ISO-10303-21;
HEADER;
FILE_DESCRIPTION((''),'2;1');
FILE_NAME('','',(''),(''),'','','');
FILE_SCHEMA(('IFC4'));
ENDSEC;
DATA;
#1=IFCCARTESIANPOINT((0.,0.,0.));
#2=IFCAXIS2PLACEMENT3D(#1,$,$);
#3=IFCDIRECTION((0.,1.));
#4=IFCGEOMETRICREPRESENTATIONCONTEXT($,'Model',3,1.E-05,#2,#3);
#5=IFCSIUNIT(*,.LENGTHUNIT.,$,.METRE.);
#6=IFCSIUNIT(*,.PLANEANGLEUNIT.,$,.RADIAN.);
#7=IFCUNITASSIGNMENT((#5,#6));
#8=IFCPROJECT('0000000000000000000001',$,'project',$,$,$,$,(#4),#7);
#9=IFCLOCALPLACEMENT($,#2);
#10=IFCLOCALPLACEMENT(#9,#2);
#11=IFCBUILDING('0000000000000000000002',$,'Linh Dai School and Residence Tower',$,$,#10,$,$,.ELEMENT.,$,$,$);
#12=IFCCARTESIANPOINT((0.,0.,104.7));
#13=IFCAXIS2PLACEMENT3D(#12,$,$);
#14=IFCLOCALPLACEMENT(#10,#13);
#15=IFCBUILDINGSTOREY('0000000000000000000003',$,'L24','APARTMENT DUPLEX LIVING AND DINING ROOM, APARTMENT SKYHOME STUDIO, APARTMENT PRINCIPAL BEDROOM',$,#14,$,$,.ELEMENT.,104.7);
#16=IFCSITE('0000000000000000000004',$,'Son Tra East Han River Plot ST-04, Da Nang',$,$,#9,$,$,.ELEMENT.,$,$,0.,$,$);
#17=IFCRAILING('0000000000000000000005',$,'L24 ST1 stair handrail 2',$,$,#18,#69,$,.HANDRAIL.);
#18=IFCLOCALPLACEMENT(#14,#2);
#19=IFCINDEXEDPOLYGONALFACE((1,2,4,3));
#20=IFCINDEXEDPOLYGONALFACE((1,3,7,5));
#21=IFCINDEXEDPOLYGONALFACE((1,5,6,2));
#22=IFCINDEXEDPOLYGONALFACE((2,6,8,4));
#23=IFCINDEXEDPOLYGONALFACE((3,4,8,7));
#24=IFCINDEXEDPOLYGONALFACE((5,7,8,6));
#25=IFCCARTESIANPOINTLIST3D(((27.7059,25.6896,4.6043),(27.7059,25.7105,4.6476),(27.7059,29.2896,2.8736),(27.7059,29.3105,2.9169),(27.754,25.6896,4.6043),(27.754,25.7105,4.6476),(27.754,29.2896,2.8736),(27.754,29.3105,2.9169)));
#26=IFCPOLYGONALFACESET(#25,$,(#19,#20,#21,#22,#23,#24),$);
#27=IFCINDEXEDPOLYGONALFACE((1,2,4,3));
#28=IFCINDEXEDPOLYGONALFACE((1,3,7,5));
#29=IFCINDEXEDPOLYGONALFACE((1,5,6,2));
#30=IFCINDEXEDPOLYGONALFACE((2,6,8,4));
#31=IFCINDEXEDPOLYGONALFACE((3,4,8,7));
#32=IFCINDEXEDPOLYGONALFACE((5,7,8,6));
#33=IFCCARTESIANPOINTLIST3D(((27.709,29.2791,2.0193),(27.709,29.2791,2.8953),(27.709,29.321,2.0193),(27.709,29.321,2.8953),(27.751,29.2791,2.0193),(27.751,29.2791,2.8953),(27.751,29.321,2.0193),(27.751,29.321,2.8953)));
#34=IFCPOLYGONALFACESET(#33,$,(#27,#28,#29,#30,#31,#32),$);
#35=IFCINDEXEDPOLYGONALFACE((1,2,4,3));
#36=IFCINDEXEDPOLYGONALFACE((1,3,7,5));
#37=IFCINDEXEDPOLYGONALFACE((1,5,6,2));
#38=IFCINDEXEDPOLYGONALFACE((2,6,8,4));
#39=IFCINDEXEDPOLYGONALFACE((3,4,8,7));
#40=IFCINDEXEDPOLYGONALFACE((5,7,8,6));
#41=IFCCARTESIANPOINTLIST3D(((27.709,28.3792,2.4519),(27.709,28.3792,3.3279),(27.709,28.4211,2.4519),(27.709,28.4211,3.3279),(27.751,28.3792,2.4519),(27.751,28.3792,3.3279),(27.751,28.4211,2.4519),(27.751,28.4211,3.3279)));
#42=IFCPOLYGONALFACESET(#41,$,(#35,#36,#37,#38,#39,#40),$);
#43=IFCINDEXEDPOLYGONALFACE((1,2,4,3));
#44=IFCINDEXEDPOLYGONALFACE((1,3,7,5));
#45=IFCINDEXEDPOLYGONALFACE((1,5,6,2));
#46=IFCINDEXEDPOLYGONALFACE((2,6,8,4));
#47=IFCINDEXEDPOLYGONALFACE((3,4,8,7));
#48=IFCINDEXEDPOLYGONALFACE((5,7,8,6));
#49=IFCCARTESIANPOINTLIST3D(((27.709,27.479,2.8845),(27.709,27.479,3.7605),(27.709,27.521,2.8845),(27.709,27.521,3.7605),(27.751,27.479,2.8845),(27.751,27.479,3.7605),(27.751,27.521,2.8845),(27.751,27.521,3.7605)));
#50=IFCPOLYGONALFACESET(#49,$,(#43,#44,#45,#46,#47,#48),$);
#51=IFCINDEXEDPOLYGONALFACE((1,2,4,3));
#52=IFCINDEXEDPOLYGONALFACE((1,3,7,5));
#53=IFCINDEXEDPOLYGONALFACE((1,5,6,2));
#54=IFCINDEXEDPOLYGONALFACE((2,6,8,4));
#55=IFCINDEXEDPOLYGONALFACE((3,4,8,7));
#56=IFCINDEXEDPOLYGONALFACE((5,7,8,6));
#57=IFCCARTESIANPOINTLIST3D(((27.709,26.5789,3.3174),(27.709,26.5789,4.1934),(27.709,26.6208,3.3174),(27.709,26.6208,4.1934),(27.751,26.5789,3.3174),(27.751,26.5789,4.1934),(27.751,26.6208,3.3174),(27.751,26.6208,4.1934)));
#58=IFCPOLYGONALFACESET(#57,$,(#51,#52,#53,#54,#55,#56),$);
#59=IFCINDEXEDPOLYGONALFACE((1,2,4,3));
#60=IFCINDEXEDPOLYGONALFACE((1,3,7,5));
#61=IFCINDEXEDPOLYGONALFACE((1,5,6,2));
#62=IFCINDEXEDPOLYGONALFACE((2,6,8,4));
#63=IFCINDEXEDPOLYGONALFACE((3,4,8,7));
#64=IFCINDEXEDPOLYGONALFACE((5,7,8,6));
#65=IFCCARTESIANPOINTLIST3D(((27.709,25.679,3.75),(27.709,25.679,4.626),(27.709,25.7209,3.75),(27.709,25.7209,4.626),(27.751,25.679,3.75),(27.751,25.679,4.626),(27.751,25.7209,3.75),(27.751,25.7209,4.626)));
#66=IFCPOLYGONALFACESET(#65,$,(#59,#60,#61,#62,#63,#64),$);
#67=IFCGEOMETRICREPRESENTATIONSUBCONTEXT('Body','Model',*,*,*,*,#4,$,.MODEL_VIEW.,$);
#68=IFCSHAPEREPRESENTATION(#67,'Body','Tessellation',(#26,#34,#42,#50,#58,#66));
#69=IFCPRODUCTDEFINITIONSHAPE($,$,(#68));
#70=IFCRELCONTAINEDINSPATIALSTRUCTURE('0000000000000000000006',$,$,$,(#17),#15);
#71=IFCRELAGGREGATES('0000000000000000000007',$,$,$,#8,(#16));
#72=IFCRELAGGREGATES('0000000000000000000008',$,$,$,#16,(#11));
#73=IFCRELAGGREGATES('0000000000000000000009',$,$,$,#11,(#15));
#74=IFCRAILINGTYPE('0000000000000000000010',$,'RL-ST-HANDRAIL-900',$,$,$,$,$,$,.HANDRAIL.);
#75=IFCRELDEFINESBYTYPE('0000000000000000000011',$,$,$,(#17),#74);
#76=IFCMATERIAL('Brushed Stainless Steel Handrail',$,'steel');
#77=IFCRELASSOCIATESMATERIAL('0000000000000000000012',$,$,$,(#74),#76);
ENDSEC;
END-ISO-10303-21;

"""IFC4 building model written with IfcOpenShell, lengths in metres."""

from ifc_helpers import new_model, si_unit, direction, frame, origin, origin_2d, place, context, subcontext, project, spatial, rectangle, extrude, source, transform, mapped, material, type_object, element, save


model = new_model("IFC4")

# Units and contexts
model_context = context("Model", 3, precision=1e-05, world=origin(), true_north=direction((0.0, 1.0)))
body_context = subcontext(model_context, "Body", "Model", "MODEL_VIEW")
ifc_project = project(units=[si_unit("LENGTHUNIT", "METRE"), si_unit("PLANEANGLEUNIT", "RADIAN")], contexts=[model_context])

# Site, building, storey
site_placement = place(None, origin())
site = spatial("IfcSite", under=ifc_project, at=site_placement, Name="Son Tra East Han River Plot ST-04, Da Nang", CompositionType="ELEMENT", RefElevation=0.0)
building_placement = place(site_placement, origin())
building = spatial("IfcBuilding", under=site, at=building_placement, Name="Linh Dai School and Residence Tower", CompositionType="ELEMENT")
storey_placement = place(building_placement, frame((0.0, 0.0, 104.7)))
storey = spatial("IfcBuildingStorey", under=building, at=storey_placement, Name="L24", Description="APARTMENT DUPLEX LIVING AND DINING ROOM, APARTMENT SKYHOME STUDIO, APARTMENT PRINCIPAL BEDROOM", CompositionType="ELEMENT", Elevation=104.7)

# Railing
ifc_material_1 = material(Name="Brushed Stainless Steel Handrail", Category="steel")
railing_type_1 = type_object("IfcRailingType", Name="RL-ST-HANDRAIL-900", PredefinedType="HANDRAIL", material=ifc_material_1)
shared_shape_1 = source(origin(), body_context, "Body", "SweptSolid", [
    extrude(rectangle(XDim=0.0481, YDim=0.0481, at=origin_2d()), frame((0.0, 0.0, 0.876), z_axis=(0.0, -0.901263, 0.433273), x_axis=(1.0, 0.0, 0.0)), (0.0, 0.0, 1.0), 3.9944),
    extrude(rectangle(XDim=0.042, YDim=0.042, at=origin_2d()), origin(), (0.0, 0.0, 1.0), 0.876),
    extrude(rectangle(XDim=0.042, YDim=0.042, at=origin_2d()), frame((0.0, -0.8999, 0.4326)), (0.0, 0.0, 1.0), 0.876),
    extrude(rectangle(XDim=0.042, YDim=0.042, at=origin_2d()), frame((0.0, -1.8, 0.8652)), (0.0, 0.0, 1.0), 0.876),
    extrude(rectangle(XDim=0.042, YDim=0.042, at=origin_2d()), frame((0.0, -2.7002, 1.2981)), (0.0, 0.0, 1.0), 0.876),
    extrude(rectangle(XDim=0.042, YDim=0.042, at=origin_2d()), frame((0.0, -3.6001, 1.7307)), (0.0, 0.0, 1.0), 0.876),
])
railing_1_placement = place(storey_placement, frame((27.73, 29.3, 2.0193)))
element("IfcRailing", 1, at=railing_1_placement, inside=storey, type_object=railing_type_1, Name="L24 ST1 stair handrail 2", PredefinedType="HANDRAIL", context=body_context, shape_type="MappedRepresentation", body=[
    mapped(shared_shape_1, transform((0.0, 0.0, 0.0), x_axis=(1.0, 0.0, 0.0), y_axis=(0.0, 1.0, 0.0), z_axis=(0.0, 0.0, 1.0), scale=1.0)),
])

save(model, "model.ifc")
